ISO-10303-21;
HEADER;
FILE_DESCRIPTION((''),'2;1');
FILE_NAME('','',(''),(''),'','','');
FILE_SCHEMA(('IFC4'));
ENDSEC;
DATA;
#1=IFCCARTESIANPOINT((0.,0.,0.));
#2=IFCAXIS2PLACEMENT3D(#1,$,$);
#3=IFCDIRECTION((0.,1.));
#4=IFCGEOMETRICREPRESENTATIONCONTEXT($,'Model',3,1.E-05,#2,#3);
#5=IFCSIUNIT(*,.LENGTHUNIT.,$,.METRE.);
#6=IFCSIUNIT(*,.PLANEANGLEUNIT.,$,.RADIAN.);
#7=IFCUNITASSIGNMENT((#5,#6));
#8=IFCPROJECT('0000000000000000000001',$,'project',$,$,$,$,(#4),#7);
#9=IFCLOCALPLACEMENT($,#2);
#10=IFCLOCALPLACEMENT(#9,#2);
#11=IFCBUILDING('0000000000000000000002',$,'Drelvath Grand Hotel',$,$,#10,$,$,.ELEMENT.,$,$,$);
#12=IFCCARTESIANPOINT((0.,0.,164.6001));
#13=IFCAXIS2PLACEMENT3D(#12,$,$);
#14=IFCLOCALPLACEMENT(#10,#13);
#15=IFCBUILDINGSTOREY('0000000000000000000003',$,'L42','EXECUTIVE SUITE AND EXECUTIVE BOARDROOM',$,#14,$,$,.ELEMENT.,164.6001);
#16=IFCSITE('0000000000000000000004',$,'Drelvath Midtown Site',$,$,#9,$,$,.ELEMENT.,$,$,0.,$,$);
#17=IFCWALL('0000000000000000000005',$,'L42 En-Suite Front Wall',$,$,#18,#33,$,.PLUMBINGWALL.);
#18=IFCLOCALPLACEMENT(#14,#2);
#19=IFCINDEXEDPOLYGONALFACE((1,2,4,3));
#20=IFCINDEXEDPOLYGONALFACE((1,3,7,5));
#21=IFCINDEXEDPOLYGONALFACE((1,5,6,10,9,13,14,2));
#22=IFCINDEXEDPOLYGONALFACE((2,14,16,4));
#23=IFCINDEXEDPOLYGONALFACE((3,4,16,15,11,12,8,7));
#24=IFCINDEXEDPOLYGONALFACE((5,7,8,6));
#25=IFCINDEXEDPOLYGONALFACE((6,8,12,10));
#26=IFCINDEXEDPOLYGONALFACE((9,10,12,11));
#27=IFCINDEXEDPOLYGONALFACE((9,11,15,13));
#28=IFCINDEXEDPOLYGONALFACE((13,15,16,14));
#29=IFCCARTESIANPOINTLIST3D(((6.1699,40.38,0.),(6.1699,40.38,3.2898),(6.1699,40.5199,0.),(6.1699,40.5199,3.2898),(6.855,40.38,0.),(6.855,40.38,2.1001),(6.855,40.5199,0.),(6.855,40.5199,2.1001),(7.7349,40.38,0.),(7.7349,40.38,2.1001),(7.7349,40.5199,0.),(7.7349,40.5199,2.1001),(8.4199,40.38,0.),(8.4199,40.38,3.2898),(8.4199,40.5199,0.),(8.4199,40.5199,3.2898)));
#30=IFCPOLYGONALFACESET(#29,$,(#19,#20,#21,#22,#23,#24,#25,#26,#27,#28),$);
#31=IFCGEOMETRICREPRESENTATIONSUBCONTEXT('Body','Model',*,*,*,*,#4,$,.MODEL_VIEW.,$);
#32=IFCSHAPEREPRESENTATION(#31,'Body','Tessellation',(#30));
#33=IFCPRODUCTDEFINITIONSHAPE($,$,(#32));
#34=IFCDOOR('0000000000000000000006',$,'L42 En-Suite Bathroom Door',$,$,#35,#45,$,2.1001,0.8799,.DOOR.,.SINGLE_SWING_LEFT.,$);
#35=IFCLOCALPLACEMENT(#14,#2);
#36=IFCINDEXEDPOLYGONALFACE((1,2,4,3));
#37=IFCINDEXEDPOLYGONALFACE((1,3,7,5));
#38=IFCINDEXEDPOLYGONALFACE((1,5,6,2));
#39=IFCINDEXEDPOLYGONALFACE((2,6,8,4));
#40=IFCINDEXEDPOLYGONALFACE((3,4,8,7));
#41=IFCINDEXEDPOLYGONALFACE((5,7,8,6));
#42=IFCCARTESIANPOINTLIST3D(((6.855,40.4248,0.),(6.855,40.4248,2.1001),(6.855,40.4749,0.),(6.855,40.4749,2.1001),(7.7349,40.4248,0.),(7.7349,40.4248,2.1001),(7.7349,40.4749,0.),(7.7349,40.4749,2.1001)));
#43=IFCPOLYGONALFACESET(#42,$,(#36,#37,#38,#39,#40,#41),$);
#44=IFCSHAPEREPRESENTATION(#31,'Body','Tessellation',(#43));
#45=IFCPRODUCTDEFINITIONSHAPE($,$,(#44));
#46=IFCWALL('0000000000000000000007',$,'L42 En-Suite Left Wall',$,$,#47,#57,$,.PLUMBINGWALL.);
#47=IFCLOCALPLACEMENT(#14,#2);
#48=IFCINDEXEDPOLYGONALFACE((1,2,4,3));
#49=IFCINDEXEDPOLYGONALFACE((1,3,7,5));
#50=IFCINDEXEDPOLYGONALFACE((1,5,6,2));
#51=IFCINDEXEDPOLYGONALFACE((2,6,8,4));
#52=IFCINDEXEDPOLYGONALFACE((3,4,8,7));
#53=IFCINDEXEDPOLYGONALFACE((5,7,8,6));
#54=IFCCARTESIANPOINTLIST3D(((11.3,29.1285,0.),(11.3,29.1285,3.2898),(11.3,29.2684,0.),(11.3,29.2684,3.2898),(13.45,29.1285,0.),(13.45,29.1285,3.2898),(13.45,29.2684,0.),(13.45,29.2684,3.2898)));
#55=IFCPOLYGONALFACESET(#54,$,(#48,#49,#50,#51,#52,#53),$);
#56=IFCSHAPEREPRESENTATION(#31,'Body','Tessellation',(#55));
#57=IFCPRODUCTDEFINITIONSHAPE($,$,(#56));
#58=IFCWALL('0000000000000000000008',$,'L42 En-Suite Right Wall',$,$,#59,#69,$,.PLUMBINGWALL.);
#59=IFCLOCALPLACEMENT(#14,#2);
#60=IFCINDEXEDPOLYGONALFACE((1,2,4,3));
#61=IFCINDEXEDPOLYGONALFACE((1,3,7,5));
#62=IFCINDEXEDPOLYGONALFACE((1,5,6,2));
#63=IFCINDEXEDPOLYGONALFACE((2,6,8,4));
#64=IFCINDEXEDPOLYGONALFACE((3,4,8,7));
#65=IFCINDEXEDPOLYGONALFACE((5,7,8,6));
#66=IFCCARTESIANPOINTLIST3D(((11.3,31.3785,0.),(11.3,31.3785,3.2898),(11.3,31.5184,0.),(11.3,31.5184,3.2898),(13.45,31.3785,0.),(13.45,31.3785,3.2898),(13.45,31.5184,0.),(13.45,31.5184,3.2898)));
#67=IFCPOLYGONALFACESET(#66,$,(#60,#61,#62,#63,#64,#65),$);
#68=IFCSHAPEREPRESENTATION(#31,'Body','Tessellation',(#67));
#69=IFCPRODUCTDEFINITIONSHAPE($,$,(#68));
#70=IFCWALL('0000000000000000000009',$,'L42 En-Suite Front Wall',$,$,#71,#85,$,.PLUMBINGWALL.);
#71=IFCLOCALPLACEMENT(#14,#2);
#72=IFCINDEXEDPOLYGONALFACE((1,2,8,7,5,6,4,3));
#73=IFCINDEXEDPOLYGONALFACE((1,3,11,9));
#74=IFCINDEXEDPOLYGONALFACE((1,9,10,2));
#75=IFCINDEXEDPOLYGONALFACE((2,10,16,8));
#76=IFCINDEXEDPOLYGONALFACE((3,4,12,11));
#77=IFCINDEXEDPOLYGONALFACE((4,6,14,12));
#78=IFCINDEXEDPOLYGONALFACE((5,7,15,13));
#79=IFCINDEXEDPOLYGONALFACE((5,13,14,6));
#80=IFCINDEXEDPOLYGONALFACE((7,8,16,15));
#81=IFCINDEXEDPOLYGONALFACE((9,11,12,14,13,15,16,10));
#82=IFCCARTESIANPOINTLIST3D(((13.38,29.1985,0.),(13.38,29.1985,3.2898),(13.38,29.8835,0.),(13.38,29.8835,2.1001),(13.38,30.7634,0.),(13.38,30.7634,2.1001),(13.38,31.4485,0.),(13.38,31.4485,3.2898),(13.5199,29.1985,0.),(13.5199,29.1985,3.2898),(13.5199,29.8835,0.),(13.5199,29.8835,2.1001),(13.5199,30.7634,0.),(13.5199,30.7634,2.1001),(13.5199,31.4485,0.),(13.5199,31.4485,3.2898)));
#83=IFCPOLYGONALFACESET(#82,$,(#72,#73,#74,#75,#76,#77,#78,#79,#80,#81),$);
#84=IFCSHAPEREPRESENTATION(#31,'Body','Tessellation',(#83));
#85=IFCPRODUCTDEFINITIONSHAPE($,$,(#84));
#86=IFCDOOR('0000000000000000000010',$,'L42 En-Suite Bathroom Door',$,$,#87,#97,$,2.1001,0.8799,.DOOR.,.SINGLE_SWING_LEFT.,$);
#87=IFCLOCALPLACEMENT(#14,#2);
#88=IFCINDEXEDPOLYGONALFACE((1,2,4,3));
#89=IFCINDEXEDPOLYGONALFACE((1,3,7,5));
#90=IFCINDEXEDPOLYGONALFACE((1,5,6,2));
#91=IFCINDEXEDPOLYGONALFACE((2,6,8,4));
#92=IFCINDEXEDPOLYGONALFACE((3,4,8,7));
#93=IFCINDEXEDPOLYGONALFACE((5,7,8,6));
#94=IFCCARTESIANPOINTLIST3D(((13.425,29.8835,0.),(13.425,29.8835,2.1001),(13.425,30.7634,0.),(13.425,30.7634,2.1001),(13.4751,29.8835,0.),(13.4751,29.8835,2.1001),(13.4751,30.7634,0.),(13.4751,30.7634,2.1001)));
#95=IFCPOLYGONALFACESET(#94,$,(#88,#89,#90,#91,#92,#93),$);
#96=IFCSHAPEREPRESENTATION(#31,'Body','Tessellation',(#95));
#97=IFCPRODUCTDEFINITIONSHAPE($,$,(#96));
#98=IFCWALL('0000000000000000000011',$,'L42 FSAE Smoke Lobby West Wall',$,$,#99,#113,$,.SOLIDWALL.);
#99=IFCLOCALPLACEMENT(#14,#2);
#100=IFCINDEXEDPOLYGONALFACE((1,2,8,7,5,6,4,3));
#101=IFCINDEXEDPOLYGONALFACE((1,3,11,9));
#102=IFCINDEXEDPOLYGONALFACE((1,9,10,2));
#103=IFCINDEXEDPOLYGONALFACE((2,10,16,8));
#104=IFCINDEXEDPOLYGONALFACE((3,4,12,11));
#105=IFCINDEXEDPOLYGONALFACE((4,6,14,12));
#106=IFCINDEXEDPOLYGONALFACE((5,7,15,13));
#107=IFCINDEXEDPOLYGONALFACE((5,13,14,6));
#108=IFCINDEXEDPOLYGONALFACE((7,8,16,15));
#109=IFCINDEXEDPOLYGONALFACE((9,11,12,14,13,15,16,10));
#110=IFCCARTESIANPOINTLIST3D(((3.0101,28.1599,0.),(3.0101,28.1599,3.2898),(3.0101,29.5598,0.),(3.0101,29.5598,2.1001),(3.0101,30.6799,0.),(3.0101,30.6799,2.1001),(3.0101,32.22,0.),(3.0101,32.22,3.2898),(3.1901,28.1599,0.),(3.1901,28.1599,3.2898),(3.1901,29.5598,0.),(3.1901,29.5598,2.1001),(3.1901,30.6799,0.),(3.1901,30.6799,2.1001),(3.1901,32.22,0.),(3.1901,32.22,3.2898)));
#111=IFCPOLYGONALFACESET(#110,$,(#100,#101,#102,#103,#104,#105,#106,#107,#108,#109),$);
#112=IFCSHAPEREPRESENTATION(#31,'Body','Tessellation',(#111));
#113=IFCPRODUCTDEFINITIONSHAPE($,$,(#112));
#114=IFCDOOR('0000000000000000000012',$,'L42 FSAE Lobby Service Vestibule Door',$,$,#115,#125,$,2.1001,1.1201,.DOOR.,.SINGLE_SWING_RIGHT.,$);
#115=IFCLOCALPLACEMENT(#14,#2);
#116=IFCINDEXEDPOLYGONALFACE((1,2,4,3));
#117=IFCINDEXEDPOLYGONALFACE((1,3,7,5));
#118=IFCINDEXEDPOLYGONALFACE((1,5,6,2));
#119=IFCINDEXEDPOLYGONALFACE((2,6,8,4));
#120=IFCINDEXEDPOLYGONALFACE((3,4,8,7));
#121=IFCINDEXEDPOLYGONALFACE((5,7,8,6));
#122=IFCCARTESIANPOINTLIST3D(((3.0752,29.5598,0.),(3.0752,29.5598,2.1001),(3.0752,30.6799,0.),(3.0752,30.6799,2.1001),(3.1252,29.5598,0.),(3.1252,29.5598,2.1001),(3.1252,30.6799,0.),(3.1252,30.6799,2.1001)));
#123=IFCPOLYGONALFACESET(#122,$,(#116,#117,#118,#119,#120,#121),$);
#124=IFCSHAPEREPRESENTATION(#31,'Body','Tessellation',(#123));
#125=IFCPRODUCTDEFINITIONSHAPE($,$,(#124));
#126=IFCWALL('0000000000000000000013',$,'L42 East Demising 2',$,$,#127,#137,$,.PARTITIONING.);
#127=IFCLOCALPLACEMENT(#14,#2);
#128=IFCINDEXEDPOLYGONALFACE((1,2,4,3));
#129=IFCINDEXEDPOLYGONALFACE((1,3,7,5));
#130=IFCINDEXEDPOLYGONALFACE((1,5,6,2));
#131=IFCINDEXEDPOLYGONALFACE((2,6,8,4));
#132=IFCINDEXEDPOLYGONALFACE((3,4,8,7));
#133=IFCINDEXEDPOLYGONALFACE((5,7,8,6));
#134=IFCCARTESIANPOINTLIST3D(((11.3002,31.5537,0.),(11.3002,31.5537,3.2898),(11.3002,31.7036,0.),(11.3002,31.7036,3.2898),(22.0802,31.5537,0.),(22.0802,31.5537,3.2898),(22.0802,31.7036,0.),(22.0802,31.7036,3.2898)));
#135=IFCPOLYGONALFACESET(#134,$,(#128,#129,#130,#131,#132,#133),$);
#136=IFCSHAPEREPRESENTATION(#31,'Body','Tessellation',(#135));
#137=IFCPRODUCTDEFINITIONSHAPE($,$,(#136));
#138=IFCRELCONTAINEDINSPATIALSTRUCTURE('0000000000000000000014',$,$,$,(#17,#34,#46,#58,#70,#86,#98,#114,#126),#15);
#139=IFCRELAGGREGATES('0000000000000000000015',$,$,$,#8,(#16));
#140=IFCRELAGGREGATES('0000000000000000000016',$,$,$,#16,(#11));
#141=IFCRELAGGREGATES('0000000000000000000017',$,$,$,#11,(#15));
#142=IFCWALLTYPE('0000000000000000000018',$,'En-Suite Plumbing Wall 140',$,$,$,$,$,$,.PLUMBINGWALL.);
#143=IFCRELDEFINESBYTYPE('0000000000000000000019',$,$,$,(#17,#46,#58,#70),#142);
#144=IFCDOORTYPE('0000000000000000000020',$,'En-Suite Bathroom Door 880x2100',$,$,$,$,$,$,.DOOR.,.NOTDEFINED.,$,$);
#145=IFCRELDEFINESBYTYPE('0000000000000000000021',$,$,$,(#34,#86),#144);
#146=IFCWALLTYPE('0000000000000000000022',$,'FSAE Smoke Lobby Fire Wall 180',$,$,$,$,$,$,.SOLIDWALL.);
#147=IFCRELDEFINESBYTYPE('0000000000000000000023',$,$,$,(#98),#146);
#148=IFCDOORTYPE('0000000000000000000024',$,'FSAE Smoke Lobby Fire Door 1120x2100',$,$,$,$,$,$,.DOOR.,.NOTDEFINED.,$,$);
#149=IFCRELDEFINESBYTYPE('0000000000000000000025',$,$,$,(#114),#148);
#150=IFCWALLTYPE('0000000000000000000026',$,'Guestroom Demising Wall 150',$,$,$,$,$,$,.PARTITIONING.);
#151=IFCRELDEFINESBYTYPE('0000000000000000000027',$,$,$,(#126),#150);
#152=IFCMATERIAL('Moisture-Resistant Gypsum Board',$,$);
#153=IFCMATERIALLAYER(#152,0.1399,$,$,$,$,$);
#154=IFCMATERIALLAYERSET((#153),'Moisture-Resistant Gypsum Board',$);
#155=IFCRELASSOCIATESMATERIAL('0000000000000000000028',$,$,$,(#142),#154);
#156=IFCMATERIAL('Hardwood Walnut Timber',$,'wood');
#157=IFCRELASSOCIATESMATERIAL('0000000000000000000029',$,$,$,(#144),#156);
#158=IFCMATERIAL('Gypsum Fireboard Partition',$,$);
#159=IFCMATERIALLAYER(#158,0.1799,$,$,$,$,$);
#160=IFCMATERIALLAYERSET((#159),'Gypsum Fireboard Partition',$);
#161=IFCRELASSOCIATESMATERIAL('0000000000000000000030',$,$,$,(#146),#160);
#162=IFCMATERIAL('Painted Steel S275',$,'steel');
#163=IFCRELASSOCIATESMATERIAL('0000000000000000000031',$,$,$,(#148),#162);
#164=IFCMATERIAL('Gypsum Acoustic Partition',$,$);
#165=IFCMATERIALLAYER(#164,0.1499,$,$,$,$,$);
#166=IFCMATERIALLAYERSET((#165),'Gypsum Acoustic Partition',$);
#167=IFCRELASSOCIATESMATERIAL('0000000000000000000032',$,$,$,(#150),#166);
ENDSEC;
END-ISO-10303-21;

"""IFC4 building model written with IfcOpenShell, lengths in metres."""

from ifc_helpers import new_model, si_unit, direction, frame, frame_2d, origin, place, context, subcontext, project, spatial, rectangle, extrude, material, layer, layer_set, type_object, element, fill, save


model = new_model("IFC4")

# Units and contexts
model_context = context("Model", 3, precision=1e-05, world=origin(), true_north=direction((0.0, 1.0)))
body_context = subcontext(model_context, "Body", "Model", "MODEL_VIEW")
ifc_project = project(units=[si_unit("LENGTHUNIT", "METRE"), si_unit("PLANEANGLEUNIT", "RADIAN")], contexts=[model_context])

# Site, building, storey
site_placement = place(None, origin())
site = spatial("IfcSite", under=ifc_project, at=site_placement, Name="Drelvath Midtown Site", CompositionType="ELEMENT", RefElevation=0.0)
building_placement = place(site_placement, origin())
building = spatial("IfcBuilding", under=site, at=building_placement, Name="Drelvath Grand Hotel", CompositionType="ELEMENT")
storey_placement = place(building_placement, frame((0.0, 0.0, 164.6001)))
storey = spatial("IfcBuildingStorey", under=building, at=storey_placement, Name="L42", Description="EXECUTIVE SUITE AND EXECUTIVE BOARDROOM", CompositionType="ELEMENT", Elevation=164.6001)

# Shared definitions
ifc_material_1 = material(Name="Painted Steel S275", Category="steel")

# Shared definitions
ifc_material_2 = material(Name="Gypsum Fireboard Partition")
ifc_material_3 = material(Name="Moisture-Resistant Gypsum Board")
ifc_layer_1 = layer(ifc_material_3, 0.1399)
ifc_layer_set_1 = layer_set([ifc_layer_1], Name="Moisture-Resistant Gypsum Board")
wall_type_1 = type_object("IfcWallType", Name="En-Suite Plumbing Wall 140", PredefinedType="PLUMBINGWALL", material=ifc_layer_set_1)

# Wall, opening, door
wall_1_placement = place(storey_placement, frame((6.1699, 40.45, 0.0), z_axis=(0.0, 0.0, 1.0), x_axis=(1.0, 0.0, 0.0)))
wall_1 = element("IfcWall", 1, at=wall_1_placement, inside=storey, type_object=wall_type_1, Name="L42 En-Suite Front Wall", PredefinedType="PLUMBINGWALL", context=body_context, shape_type="SweptSolid", body=[
    extrude(rectangle(XDim=2.25, YDim=0.1399, at=frame_2d((1.125, 0.0))), origin(), (0.0, 0.0, 1.0), 3.2898),
])
opening_1_placement = place(wall_1_placement, frame((0.6851, 0.0, 0.0)))
opening_1 = element("IfcOpeningElement", 2, at=opening_1_placement, cuts=wall_1, PredefinedType="OPENING", context=body_context, shape_type="SweptSolid", body=[
    extrude(rectangle(XDim=0.8799, YDim=2.1001, at=frame_2d((0.4399, 1.05))), frame((0.0, 0.0798, 0.0), z_axis=(0.0, -1.0, 0.0), x_axis=(1.0, 0.0, 0.0)), (0.0, 0.0, 1.0), 0.1599),
])
ifc_material_4 = material(Name="Hardwood Walnut Timber", Category="wood")
door_type_1 = type_object("IfcDoorType", Name="En-Suite Bathroom Door 880x2100", OperationType="NOTDEFINED", PredefinedType="DOOR", material=ifc_material_4)
door_1_placement = place(opening_1_placement, origin())
door_1 = element("IfcDoor", 3, at=door_1_placement, inside=storey, type_object=door_type_1, Name="L42 En-Suite Bathroom Door", OperationType="SINGLE_SWING_LEFT", OverallHeight=2.1001, OverallWidth=0.8799, PredefinedType="DOOR", context=body_context, shape_type="SweptSolid", body=[
    extrude(rectangle(XDim=0.8799, YDim=2.1001, at=frame_2d((0.4399, 1.05))), frame((0.0, 0.0249, 0.0), z_axis=(0.0, -1.0, 0.0), x_axis=(1.0, 0.0, 0.0)), (0.0, 0.0, 1.0), 0.05),
])
fill(opening_1, door_1)

# Walls
for number, where, z_axis, x_axis, name in (
    (4, (11.3, 29.1985, 0.0), (0.0, 0.0, 1.0), (1.0, 0.0, 0.0), "L42 En-Suite Left Wall"),
    (5, (11.3, 31.4485, 0.0), (0.0, 0.0, 1.0), (1.0, 0.0, 0.0), "L42 En-Suite Right Wall"),
):
    element("IfcWall", number, at=place(storey_placement, frame(where, z_axis=z_axis, x_axis=x_axis)), inside=storey, type_object=wall_type_1, Name=name, PredefinedType="PLUMBINGWALL", context=body_context, shape_type="SweptSolid", body=[
        extrude(rectangle(XDim=2.1499, YDim=0.1399, at=frame_2d((1.075, 0.0))), origin(), (0.0, 0.0, 1.0), 3.2898),
    ])

# Walls, openings, doors
wall_2_placement = place(storey_placement, frame((13.45, 29.1985, 0.0), z_axis=(0.0, 0.0, 1.0), x_axis=(0.0, 1.0, 0.0)))
wall_2 = element("IfcWall", 6, at=wall_2_placement, inside=storey, type_object=wall_type_1, Name="L42 En-Suite Front Wall", PredefinedType="PLUMBINGWALL", context=body_context, shape_type="SweptSolid", body=[
    extrude(rectangle(XDim=2.25, YDim=0.1399, at=frame_2d((1.125, 0.0))), origin(), (0.0, 0.0, 1.0), 3.2898),
])
opening_2_placement = place(wall_2_placement, frame((0.6851, 0.0, 0.0)))
opening_2 = element("IfcOpeningElement", 7, at=opening_2_placement, cuts=wall_2, PredefinedType="OPENING", context=body_context, shape_type="SweptSolid", body=[
    extrude(rectangle(XDim=0.8799, YDim=2.1001, at=frame_2d((0.4399, 1.05))), frame((0.0, 0.0798, 0.0), z_axis=(0.0, -1.0, 0.0), x_axis=(1.0, 0.0, 0.0)), (0.0, 0.0, 1.0), 0.1599),
])
door_2_placement = place(opening_2_placement, origin())
door_2 = element("IfcDoor", 8, at=door_2_placement, inside=storey, type_object=door_type_1, Name="L42 En-Suite Bathroom Door", OperationType="SINGLE_SWING_LEFT", OverallHeight=2.1001, OverallWidth=0.8799, PredefinedType="DOOR", context=body_context, shape_type="SweptSolid", body=[
    extrude(rectangle(XDim=0.8799, YDim=2.1001, at=frame_2d((0.4399, 1.05))), frame((0.0, 0.0249, 0.0), z_axis=(0.0, -1.0, 0.0), x_axis=(1.0, 0.0, 0.0)), (0.0, 0.0, 1.0), 0.05),
])
fill(opening_2, door_2)
ifc_layer_2 = layer(ifc_material_2, 0.1799)
ifc_layer_set_2 = layer_set([ifc_layer_2], Name="Gypsum Fireboard Partition")
wall_type_2 = type_object("IfcWallType", Name="FSAE Smoke Lobby Fire Wall 180", PredefinedType="SOLIDWALL", material=ifc_layer_set_2)
wall_3_placement = place(storey_placement, frame((3.1001, 28.1599, 0.0), z_axis=(0.0, 0.0, 1.0), x_axis=(0.0, 1.0, 0.0)))
wall_3 = element("IfcWall", 9, at=wall_3_placement, inside=storey, type_object=wall_type_2, Name="L42 FSAE Smoke Lobby West Wall", PredefinedType="SOLIDWALL", context=body_context, shape_type="SweptSolid", body=[
    extrude(rectangle(XDim=4.0601, YDim=0.1799, at=frame_2d((2.03, 0.0))), origin(), (0.0, 0.0, 1.0), 3.2898),
])
opening_3_placement = place(wall_3_placement, frame((1.3999, 0.0, 0.0)))
opening_3 = element("IfcOpeningElement", 10, at=opening_3_placement, cuts=wall_3, PredefinedType="OPENING", context=body_context, shape_type="SweptSolid", body=[
    extrude(rectangle(XDim=1.1201, YDim=2.1001, at=frame_2d((0.5601, 1.05))), frame((0.0, 0.0999, 0.0), z_axis=(0.0, -1.0, 0.0), x_axis=(1.0, 0.0, 0.0)), (0.0, 0.0, 1.0), 0.2),
])
door_type_2 = type_object("IfcDoorType", Name="FSAE Smoke Lobby Fire Door 1120x2100", OperationType="NOTDEFINED", PredefinedType="DOOR", material=ifc_material_1)
door_3_placement = place(opening_3_placement, origin())
door_3 = element("IfcDoor", 11, at=door_3_placement, inside=storey, type_object=door_type_2, Name="L42 FSAE Lobby Service Vestibule Door", OperationType="SINGLE_SWING_RIGHT", OverallHeight=2.1001, OverallWidth=1.1201, PredefinedType="DOOR", context=body_context, shape_type="SweptSolid", body=[
    extrude(rectangle(XDim=1.1201, YDim=2.1001, at=frame_2d((0.5601, 1.05))), frame((0.0, 0.0249, 0.0), z_axis=(0.0, -1.0, 0.0), x_axis=(1.0, 0.0, 0.0)), (0.0, 0.0, 1.0), 0.05),
])
fill(opening_3, door_3)

# Wall
ifc_material_5 = material(Name="Gypsum Acoustic Partition")
ifc_layer_3 = layer(ifc_material_5, 0.1499)
ifc_layer_set_3 = layer_set([ifc_layer_3], Name="Gypsum Acoustic Partition")
wall_type_3 = type_object("IfcWallType", Name="Guestroom Demising Wall 150", PredefinedType="PARTITIONING", material=ifc_layer_set_3)
wall_4_placement = place(storey_placement, frame((11.3, 31.6287, 0.0), z_axis=(0.0, 0.0, 1.0), x_axis=(1.0, 0.0, 0.0)))
element("IfcWall", 12, at=wall_4_placement, inside=storey, type_object=wall_type_3, Name="L42 East Demising 2", PredefinedType="PARTITIONING", context=body_context, shape_type="SweptSolid", body=[
    extrude(rectangle(XDim=10.78, YDim=0.1499, at=frame_2d((5.3901, 0.0))), origin(), (0.0, 0.0, 1.0), 3.2898),
])

save(model, "model.ifc")
